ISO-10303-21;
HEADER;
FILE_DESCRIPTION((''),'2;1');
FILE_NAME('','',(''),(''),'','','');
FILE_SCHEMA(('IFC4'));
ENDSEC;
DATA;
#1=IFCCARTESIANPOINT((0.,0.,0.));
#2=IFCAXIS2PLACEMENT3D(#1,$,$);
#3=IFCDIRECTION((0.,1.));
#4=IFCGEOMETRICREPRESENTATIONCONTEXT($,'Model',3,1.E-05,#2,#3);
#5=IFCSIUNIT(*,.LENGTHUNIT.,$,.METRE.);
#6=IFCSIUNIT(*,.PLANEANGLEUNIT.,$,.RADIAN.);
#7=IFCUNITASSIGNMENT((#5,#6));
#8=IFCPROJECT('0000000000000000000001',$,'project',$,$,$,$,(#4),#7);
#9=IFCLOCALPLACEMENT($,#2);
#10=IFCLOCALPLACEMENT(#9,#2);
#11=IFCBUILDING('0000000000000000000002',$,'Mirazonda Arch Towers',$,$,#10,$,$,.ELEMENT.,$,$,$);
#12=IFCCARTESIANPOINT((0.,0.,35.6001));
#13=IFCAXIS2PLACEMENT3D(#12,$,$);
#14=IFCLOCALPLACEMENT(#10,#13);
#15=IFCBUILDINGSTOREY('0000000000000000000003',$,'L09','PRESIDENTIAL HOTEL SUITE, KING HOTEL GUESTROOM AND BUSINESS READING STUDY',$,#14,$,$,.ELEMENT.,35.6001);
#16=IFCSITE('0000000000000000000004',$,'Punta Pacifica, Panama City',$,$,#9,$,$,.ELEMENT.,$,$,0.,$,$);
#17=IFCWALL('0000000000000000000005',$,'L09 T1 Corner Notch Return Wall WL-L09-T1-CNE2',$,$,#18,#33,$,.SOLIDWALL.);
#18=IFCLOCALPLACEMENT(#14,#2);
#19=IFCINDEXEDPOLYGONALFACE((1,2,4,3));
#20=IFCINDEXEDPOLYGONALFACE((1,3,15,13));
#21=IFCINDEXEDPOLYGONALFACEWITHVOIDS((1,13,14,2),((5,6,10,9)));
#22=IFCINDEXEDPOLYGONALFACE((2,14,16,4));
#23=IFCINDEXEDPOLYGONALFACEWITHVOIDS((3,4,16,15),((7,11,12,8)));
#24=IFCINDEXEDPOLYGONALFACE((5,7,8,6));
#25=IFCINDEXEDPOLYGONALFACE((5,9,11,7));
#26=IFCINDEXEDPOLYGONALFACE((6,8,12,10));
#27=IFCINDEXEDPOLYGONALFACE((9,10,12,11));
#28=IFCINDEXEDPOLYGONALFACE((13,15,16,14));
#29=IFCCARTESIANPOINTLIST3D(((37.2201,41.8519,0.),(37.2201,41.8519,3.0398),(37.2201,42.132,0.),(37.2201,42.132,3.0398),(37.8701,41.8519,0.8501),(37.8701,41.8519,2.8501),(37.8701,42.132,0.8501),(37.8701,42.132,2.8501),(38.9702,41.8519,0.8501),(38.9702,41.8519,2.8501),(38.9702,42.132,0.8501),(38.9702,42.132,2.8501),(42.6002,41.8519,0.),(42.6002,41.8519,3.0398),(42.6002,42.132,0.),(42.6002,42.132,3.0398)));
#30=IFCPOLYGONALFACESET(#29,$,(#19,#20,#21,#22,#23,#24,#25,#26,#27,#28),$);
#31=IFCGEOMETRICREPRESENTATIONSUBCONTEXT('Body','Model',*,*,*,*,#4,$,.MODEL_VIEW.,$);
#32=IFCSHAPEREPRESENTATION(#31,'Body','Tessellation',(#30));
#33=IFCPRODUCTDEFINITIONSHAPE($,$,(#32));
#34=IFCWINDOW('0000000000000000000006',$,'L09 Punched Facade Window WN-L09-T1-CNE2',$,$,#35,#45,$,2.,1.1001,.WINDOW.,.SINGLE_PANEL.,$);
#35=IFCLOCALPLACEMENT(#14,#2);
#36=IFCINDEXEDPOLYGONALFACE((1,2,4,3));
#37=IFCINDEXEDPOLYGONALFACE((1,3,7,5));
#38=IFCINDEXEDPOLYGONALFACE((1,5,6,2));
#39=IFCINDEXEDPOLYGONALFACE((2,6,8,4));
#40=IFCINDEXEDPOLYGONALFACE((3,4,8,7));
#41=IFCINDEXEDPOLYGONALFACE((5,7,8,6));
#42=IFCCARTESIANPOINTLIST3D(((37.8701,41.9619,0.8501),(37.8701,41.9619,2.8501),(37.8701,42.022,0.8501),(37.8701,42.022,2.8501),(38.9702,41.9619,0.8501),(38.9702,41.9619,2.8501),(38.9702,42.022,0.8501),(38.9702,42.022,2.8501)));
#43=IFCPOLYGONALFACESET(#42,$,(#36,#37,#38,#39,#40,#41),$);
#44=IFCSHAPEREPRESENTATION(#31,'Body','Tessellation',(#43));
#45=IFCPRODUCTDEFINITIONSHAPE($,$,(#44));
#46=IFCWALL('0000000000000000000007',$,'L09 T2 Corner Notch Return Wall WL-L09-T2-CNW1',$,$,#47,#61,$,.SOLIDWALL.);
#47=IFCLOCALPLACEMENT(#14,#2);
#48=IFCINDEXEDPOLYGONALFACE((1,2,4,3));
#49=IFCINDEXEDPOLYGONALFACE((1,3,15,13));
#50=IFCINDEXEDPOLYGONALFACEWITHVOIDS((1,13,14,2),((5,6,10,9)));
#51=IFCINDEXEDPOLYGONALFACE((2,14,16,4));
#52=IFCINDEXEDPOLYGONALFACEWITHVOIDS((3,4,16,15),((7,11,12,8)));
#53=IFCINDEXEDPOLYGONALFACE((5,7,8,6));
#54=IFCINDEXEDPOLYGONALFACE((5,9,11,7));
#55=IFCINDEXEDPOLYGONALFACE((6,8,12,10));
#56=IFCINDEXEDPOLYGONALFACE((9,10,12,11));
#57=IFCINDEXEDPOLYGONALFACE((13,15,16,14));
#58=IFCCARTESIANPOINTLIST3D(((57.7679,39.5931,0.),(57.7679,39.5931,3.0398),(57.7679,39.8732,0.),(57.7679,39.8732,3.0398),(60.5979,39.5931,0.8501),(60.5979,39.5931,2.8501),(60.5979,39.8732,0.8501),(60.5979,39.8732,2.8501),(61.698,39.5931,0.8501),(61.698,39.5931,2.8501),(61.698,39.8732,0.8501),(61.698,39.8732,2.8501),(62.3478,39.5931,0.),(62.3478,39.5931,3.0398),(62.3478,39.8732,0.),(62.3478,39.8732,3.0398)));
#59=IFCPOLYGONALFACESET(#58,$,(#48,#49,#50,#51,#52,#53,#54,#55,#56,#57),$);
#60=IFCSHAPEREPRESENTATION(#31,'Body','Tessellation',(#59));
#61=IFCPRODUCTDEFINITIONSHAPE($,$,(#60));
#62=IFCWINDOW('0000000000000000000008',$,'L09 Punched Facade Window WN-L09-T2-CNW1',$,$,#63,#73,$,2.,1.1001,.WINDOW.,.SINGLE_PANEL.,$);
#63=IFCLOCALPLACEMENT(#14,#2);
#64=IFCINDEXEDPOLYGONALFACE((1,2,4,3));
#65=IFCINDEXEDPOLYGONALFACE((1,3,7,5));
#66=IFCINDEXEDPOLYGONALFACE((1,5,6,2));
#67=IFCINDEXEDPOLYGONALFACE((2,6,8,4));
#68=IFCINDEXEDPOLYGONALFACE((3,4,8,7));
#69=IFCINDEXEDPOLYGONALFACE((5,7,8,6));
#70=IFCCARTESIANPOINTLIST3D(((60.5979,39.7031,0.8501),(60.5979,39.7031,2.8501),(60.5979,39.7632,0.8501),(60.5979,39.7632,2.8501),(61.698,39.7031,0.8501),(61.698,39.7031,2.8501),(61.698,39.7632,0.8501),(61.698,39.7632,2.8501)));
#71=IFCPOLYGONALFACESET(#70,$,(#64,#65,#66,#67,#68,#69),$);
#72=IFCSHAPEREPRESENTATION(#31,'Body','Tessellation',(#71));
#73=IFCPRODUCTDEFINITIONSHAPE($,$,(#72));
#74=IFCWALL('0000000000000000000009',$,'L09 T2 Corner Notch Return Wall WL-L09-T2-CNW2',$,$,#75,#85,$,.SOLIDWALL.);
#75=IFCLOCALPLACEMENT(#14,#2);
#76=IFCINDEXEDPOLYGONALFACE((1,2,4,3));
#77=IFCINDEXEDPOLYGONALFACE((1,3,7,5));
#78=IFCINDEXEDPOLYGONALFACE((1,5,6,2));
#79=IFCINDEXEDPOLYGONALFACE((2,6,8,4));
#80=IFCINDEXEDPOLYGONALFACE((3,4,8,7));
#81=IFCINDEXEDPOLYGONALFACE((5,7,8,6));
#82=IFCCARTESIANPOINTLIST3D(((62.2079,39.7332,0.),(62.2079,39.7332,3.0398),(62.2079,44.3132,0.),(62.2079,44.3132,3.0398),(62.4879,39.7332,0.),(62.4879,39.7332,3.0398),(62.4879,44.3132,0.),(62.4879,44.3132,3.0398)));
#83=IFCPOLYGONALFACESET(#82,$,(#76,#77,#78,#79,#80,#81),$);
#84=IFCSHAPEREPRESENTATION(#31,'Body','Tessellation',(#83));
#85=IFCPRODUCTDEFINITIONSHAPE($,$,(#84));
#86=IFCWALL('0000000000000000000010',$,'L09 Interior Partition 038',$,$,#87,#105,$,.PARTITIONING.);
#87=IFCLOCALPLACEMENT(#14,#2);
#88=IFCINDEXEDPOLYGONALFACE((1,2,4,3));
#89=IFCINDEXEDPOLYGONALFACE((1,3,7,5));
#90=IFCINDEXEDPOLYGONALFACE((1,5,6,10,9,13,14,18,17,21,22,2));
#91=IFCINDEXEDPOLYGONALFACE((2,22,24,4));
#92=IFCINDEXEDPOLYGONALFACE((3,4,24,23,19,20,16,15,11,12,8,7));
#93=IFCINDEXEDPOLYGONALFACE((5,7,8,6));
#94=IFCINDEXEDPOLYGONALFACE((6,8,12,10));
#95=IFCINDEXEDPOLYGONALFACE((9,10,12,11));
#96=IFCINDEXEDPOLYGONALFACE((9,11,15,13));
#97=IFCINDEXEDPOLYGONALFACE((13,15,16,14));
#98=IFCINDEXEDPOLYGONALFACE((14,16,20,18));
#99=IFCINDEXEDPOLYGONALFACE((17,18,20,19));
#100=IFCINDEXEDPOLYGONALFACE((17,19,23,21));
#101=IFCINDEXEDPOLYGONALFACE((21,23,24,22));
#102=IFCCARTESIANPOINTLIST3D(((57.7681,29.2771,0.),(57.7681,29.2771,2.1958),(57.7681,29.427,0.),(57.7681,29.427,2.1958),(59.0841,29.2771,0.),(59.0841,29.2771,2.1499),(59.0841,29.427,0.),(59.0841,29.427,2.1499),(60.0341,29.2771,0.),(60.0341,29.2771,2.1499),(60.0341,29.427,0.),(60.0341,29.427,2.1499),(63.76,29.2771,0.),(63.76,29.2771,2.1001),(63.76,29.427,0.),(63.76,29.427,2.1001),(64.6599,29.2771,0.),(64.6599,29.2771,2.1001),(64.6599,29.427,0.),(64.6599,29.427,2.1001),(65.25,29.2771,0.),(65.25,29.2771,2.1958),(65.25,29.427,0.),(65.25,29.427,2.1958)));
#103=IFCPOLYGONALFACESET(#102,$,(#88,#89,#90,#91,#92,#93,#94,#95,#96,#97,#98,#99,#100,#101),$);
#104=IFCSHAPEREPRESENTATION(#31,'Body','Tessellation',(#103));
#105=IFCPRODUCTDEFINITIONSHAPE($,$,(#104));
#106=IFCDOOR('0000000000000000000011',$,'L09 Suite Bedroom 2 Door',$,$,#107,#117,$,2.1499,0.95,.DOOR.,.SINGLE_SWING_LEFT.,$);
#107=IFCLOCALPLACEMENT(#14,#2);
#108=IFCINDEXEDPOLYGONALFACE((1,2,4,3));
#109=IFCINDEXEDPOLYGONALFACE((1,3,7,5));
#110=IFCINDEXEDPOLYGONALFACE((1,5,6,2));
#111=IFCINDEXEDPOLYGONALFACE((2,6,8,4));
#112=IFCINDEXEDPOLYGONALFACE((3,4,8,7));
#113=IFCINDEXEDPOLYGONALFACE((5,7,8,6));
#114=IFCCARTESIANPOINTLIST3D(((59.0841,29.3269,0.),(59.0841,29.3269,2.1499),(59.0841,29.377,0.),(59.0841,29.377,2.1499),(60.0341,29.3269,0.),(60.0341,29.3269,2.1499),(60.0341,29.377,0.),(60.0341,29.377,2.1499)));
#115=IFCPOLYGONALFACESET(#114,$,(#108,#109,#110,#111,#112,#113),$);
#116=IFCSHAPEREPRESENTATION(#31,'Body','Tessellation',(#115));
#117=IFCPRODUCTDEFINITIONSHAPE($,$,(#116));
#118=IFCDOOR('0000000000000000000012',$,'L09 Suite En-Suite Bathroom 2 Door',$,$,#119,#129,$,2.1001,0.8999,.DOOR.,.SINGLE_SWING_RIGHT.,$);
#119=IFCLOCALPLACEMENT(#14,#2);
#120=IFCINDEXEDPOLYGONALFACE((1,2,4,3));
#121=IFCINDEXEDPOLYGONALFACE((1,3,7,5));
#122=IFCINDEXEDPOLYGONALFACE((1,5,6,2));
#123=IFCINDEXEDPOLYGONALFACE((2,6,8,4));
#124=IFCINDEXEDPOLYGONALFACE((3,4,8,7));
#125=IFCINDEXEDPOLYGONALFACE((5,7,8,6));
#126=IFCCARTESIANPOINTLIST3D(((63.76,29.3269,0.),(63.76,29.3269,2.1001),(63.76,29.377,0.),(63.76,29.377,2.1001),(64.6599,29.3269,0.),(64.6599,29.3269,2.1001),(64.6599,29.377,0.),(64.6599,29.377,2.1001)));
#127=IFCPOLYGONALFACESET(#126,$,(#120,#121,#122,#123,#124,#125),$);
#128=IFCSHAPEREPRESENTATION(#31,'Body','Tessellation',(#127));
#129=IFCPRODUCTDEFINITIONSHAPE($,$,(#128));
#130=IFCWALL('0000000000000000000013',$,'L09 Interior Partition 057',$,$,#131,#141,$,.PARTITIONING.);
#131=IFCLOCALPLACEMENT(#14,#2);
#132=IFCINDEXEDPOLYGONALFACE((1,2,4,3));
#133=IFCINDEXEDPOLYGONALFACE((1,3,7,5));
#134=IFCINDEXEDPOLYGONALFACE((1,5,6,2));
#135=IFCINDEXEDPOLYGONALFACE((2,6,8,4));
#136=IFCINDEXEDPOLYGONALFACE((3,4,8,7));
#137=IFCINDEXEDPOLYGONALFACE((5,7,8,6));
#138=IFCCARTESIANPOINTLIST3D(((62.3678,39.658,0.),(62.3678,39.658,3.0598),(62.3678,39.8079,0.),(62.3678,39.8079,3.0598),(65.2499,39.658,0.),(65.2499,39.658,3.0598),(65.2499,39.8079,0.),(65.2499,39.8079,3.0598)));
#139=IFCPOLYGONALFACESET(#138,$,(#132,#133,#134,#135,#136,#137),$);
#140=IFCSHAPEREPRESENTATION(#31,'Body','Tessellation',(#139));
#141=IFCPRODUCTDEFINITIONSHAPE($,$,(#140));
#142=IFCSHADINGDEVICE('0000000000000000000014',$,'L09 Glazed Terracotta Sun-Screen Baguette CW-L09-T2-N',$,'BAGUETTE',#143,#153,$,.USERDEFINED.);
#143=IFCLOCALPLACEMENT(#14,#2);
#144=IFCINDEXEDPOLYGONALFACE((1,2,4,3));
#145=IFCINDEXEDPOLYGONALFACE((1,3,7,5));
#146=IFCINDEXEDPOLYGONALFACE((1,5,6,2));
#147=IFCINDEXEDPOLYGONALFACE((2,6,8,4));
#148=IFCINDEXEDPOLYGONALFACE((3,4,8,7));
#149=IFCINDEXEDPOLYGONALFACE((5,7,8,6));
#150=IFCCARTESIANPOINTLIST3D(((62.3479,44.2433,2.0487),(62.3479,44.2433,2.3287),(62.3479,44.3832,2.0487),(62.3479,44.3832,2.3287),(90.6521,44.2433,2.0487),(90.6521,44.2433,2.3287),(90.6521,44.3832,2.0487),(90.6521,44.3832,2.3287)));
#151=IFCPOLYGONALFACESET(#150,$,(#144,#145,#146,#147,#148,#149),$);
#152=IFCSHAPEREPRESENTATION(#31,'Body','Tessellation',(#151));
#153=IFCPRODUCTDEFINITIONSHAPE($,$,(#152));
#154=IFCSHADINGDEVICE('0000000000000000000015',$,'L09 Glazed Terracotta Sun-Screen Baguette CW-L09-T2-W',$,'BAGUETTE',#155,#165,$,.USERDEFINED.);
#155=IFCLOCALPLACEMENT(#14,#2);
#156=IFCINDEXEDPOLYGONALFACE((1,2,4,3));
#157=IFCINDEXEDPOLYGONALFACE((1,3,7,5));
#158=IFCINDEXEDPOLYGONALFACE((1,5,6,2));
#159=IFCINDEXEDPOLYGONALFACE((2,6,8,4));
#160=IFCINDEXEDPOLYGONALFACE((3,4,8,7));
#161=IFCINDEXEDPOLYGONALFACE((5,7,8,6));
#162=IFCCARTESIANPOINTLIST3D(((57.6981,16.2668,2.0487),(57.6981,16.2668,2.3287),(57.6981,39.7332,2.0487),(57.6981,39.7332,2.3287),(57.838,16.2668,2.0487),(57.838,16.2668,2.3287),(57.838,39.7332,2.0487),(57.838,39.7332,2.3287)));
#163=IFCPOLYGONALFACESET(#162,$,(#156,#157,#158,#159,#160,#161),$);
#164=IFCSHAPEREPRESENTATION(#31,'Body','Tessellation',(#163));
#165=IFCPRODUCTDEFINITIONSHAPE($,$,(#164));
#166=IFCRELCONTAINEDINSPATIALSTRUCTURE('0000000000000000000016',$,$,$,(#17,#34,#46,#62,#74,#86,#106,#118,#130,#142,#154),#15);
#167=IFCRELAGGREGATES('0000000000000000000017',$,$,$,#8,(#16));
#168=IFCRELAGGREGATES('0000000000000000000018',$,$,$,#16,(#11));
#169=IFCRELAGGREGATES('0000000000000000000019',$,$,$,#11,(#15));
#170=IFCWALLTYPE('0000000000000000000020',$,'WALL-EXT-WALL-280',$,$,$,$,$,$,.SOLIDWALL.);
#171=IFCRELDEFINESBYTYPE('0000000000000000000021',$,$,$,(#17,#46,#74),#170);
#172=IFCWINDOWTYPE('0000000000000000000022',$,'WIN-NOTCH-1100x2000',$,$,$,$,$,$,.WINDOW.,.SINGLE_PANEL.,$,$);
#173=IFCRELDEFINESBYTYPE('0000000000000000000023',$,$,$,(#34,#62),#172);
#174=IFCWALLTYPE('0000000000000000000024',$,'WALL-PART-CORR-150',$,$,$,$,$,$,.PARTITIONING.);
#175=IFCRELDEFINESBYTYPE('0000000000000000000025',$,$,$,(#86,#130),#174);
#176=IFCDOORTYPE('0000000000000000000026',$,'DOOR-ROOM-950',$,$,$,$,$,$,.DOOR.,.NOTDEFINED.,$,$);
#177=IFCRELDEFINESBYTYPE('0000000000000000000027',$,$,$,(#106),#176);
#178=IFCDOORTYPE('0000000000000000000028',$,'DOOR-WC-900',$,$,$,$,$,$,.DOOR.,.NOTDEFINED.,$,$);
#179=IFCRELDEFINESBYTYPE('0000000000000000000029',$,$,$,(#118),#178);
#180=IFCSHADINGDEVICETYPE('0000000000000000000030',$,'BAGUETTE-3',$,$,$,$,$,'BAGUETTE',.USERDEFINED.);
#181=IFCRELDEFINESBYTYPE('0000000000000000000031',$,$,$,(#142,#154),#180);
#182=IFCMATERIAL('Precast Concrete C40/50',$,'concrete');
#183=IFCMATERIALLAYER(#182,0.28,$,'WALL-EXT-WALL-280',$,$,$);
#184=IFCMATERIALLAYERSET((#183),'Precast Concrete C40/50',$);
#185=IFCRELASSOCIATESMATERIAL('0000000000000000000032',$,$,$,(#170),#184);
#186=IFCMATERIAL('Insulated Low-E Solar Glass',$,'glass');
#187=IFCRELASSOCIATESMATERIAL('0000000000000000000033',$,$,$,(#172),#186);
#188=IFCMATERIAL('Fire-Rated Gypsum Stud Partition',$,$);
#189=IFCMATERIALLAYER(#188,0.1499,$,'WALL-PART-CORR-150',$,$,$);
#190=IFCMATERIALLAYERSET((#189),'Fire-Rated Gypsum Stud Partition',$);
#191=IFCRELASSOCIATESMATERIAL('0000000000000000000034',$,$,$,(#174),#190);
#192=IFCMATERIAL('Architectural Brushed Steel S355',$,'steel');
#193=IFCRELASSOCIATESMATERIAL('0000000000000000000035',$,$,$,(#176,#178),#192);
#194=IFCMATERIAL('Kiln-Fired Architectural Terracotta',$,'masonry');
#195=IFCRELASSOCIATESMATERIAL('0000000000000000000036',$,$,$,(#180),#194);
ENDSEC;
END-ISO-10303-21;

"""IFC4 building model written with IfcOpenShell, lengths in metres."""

from ifc_helpers import new_model, si_unit, direction, frame, frame_2d, origin, origin_2d, place, context, subcontext, project, spatial, rectangle, extrude, material, layer, layer_set, material_profile, profile_set, type_object, element, fill, save


model = new_model("IFC4")

# Units and contexts
model_context = context("Model", 3, precision=1e-05, world=origin(), true_north=direction((0.0, 1.0)))
body_context = subcontext(model_context, "Body", "Model", "MODEL_VIEW")
ifc_project = project(units=[si_unit("LENGTHUNIT", "METRE"), si_unit("PLANEANGLEUNIT", "RADIAN")], contexts=[model_context])

# Site, building, storey
site_placement = place(None, origin())
site = spatial("IfcSite", under=ifc_project, at=site_placement, Name="Punta Pacifica, Panama City", CompositionType="ELEMENT", RefElevation=0.0)
building_placement = place(site_placement, origin())
building = spatial("IfcBuilding", under=site, at=building_placement, Name="Mirazonda Arch Towers", CompositionType="ELEMENT")
storey_placement = place(building_placement, frame((0.0, 0.0, 35.6001)))
storey = spatial("IfcBuildingStorey", under=building, at=storey_placement, Name="L09", Description="PRESIDENTIAL HOTEL SUITE, KING HOTEL GUESTROOM AND BUSINESS READING STUDY", CompositionType="ELEMENT", Elevation=35.6001)

# Shared definitions
ifc_material_1 = material(Name="Insulated Low-E Solar Glass", Category="glass")

# Walls, openings, windows
ifc_material_2 = material(Name="Precast Concrete C40/50", Category="concrete")
ifc_layer_1 = layer(ifc_material_2, 0.28, Name="WALL-EXT-WALL-280")
ifc_layer_set_1 = layer_set([ifc_layer_1], Name="Precast Concrete C40/50")
wall_type_1 = type_object("IfcWallType", Name="WALL-EXT-WALL-280", PredefinedType="SOLIDWALL", material=ifc_layer_set_1)
wall_1_placement = place(storey_placement, frame((42.6001, 41.9919, 0.0), z_axis=(0.0, 0.0, 1.0), x_axis=(-1.0, 0.0, 0.0)))
wall_1 = element("IfcWall", 1, at=wall_1_placement, inside=storey, type_object=wall_type_1, Name="L09 T1 Corner Notch Return Wall WL-L09-T1-CNE2", PredefinedType="SOLIDWALL", context=body_context, shape_type="SweptSolid", body=[
    extrude(rectangle(XDim=5.3801, YDim=0.28, at=frame_2d((2.6899, 0.0))), origin(), (0.0, 0.0, 1.0), 3.0398),
])
opening_1_placement = place(wall_1_placement, frame((3.6299, 0.0, 0.8501)))
opening_1 = element("IfcOpeningElement", 2, at=opening_1_placement, cuts=wall_1, PredefinedType="OPENING", context=body_context, shape_type="SweptSolid", body=[
    extrude(rectangle(XDim=1.1001, YDim=2.0, at=frame_2d((0.55, 1.0))), frame((0.0, 0.1499, 0.0), z_axis=(0.0, -1.0, 0.0), x_axis=(1.0, 0.0, 0.0)), (0.0, 0.0, 1.0), 0.3),
])
window_type = type_object("IfcWindowType", Name="WIN-NOTCH-1100x2000", PartitioningType="SINGLE_PANEL", PredefinedType="WINDOW", material=ifc_material_1)
window_1_placement = place(opening_1_placement, origin())
window_1 = element("IfcWindow", 3, at=window_1_placement, inside=storey, type_object=window_type, Name="L09 Punched Facade Window WN-L09-T1-CNE2", OverallHeight=2.0, OverallWidth=1.1001, PartitioningType="SINGLE_PANEL", PredefinedType="WINDOW", context=body_context, shape_type="SweptSolid", body=[
    extrude(rectangle(XDim=1.1001, YDim=2.0, at=frame_2d((0.55, 1.0))), frame((0.0, 0.03, 0.0), z_axis=(0.0, -1.0, 0.0), x_axis=(1.0, 0.0, 0.0)), (0.0, 0.0, 1.0), 0.0601),
])
fill(opening_1, window_1)
wall_2_placement = place(storey_placement, frame((62.3479, 39.7332, 0.0), z_axis=(0.0, 0.0, 1.0), x_axis=(-1.0, 0.0, 0.0)))
wall_2 = element("IfcWall", 4, at=wall_2_placement, inside=storey, type_object=wall_type_1, Name="L09 T2 Corner Notch Return Wall WL-L09-T2-CNW1", PredefinedType="SOLIDWALL", context=body_context, shape_type="SweptSolid", body=[
    extrude(rectangle(XDim=4.5798, YDim=0.28, at=frame_2d((2.29, 0.0))), origin(), (0.0, 0.0, 1.0), 3.0398),
])
opening_2_placement = place(wall_2_placement, frame((0.6499, 0.0, 0.8501)))
opening_2 = element("IfcOpeningElement", 5, at=opening_2_placement, cuts=wall_2, PredefinedType="OPENING", context=body_context, shape_type="SweptSolid", body=[
    extrude(rectangle(XDim=1.1001, YDim=2.0, at=frame_2d((0.55, 1.0))), frame((0.0, 0.1499, 0.0), z_axis=(0.0, -1.0, 0.0), x_axis=(1.0, 0.0, 0.0)), (0.0, 0.0, 1.0), 0.3),
])
window_2_placement = place(opening_2_placement, origin())
window_2 = element("IfcWindow", 6, at=window_2_placement, inside=storey, type_object=window_type, Name="L09 Punched Facade Window WN-L09-T2-CNW1", OverallHeight=2.0, OverallWidth=1.1001, PartitioningType="SINGLE_PANEL", PredefinedType="WINDOW", context=body_context, shape_type="SweptSolid", body=[
    extrude(rectangle(XDim=1.1001, YDim=2.0, at=frame_2d((0.55, 1.0))), frame((0.0, 0.03, 0.0), z_axis=(0.0, -1.0, 0.0), x_axis=(1.0, 0.0, 0.0)), (0.0, 0.0, 1.0), 0.0601),
])
fill(opening_2, window_2)

# Wall
wall_3_placement = place(storey_placement, frame((62.3479, 44.3132, 0.0), z_axis=(0.0, 0.0, 1.0), x_axis=(0.0, -1.0, 0.0)))
element("IfcWall", 7, at=wall_3_placement, inside=storey, type_object=wall_type_1, Name="L09 T2 Corner Notch Return Wall WL-L09-T2-CNW2", PredefinedType="SOLIDWALL", context=body_context, shape_type="SweptSolid", body=[
    extrude(rectangle(XDim=4.5801, YDim=0.28, at=frame_2d((2.29, 0.0))), origin(), (0.0, 0.0, 1.0), 3.0398),
])

# Wall, openings, doors
ifc_material_3 = material(Name="Fire-Rated Gypsum Stud Partition")
ifc_layer_2 = layer(ifc_material_3, 0.1499, Name="WALL-PART-CORR-150")
ifc_layer_set_2 = layer_set([ifc_layer_2], Name="Fire-Rated Gypsum Stud Partition")
wall_type_2 = type_object("IfcWallType", Name="WALL-PART-CORR-150", PredefinedType="PARTITIONING", material=ifc_layer_set_2)
wall_4_placement = place(storey_placement, frame((57.7681, 29.3521, 0.0), z_axis=(0.0, 0.0, 1.0), x_axis=(1.0, 0.0, 0.0)))
wall_4 = element("IfcWall", 8, at=wall_4_placement, inside=storey, type_object=wall_type_2, Name="L09 Interior Partition 038", PredefinedType="PARTITIONING", context=body_context, shape_type="SweptSolid", body=[
    extrude(rectangle(XDim=7.4819, YDim=0.1499, at=frame_2d((3.741, 0.0))), origin(), (0.0, 0.0, 1.0), 2.1958),
])
opening_3_placement = place(wall_4_placement, frame((1.3159, 0.0, 0.0)))
opening_3 = element("IfcOpeningElement", 9, at=opening_3_placement, cuts=wall_4, PredefinedType="OPENING", context=body_context, shape_type="SweptSolid", body=[
    extrude(rectangle(XDim=0.95, YDim=2.1499, at=frame_2d((0.4751, 1.075))), frame((0.0, 0.085, 0.0), z_axis=(0.0, -1.0, 0.0), x_axis=(1.0, 0.0, 0.0)), (0.0, 0.0, 1.0), 0.1699),
])
opening_4_placement = place(wall_4_placement, frame((5.9919, 0.0, 0.0)))
opening_4 = element("IfcOpeningElement", 10, at=opening_4_placement, cuts=wall_4, PredefinedType="OPENING", context=body_context, shape_type="SweptSolid", body=[
    extrude(rectangle(XDim=0.8999, YDim=2.1001, at=frame_2d((0.45, 1.05))), frame((0.0, 0.085, 0.0), z_axis=(0.0, -1.0, 0.0), x_axis=(1.0, 0.0, 0.0)), (0.0, 0.0, 1.0), 0.1699),
])
ifc_material_4 = material(Name="Architectural Brushed Steel S355", Category="steel")
door_type_1 = type_object("IfcDoorType", Name="DOOR-ROOM-950", OperationType="NOTDEFINED", PredefinedType="DOOR", material=ifc_material_4)
door_1_placement = place(opening_3_placement, origin())
door_1 = element("IfcDoor", 11, at=door_1_placement, inside=storey, type_object=door_type_1, Name="L09 Suite Bedroom 2 Door", OperationType="SINGLE_SWING_LEFT", OverallHeight=2.1499, OverallWidth=0.95, PredefinedType="DOOR", context=body_context, shape_type="SweptSolid", body=[
    extrude(rectangle(XDim=0.95, YDim=2.1499, at=frame_2d((0.4751, 1.075))), frame((0.0, 0.0249, 0.0), z_axis=(0.0, -1.0, 0.0), x_axis=(1.0, 0.0, 0.0)), (0.0, 0.0, 1.0), 0.05),
])
fill(opening_3, door_1)
door_type_2 = type_object("IfcDoorType", Name="DOOR-WC-900", OperationType="NOTDEFINED", PredefinedType="DOOR", material=ifc_material_4)
door_2_placement = place(opening_4_placement, origin())
door_2 = element("IfcDoor", 12, at=door_2_placement, inside=storey, type_object=door_type_2, Name="L09 Suite En-Suite Bathroom 2 Door", OperationType="SINGLE_SWING_RIGHT", OverallHeight=2.1001, OverallWidth=0.8999, PredefinedType="DOOR", context=body_context, shape_type="SweptSolid", body=[
    extrude(rectangle(XDim=0.8999, YDim=2.1001, at=frame_2d((0.45, 1.05))), frame((0.0, 0.0249, 0.0), z_axis=(0.0, -1.0, 0.0), x_axis=(1.0, 0.0, 0.0)), (0.0, 0.0, 1.0), 0.05),
])
fill(opening_4, door_2)

# Wall
wall_5_placement = place(storey_placement, frame((62.3679, 39.7329, 0.0), z_axis=(0.0, 0.0, 1.0), x_axis=(1.0, 0.0, 0.0)))
element("IfcWall", 13, at=wall_5_placement, inside=storey, type_object=wall_type_2, Name="L09 Interior Partition 057", PredefinedType="PARTITIONING", context=body_context, shape_type="SweptSolid", body=[
    extrude(rectangle(XDim=2.8821, YDim=0.1499, at=frame_2d((1.4409, 0.0))), origin(), (0.0, 0.0, 1.0), 3.0598),
])

# Shading devices
ifc_material_5 = material(Name="Kiln-Fired Architectural Terracotta", Category="masonry")
ifc_material_profile_1 = material_profile(ifc_material_5, rectangle(XDim=0.1399, YDim=0.28, at=origin_2d()), Name="TERRA-BAG-140x280")
ifc_profile_set_1 = profile_set([ifc_material_profile_1], Name="Kiln-Fired Architectural Terracotta")
shading_device_type = type_object("IfcShadingDeviceType", Name="BAGUETTE-3", ElementType="BAGUETTE", PredefinedType="USERDEFINED", material=ifc_profile_set_1)
shading_device_1_placement = place(storey_placement, frame((62.3479, 44.3132, 2.1887), z_axis=(1.0, 0.0, 0.0), x_axis=(0.0, 1.0, 0.0)))
element("IfcShadingDevice", 14, at=shading_device_1_placement, inside=storey, type_object=shading_device_type, Name="L09 Glazed Terracotta Sun-Screen Baguette CW-L09-T2-N", ObjectType="BAGUETTE", PredefinedType="USERDEFINED", context=body_context, shape_type="SweptSolid", body=[
    extrude(rectangle(XDim=0.1399, YDim=0.28, at=origin_2d()), origin(), (0.0, 0.0, 1.0), 28.3042),
])
shading_device_2_placement = place(storey_placement, frame((57.7681, 39.7332, 2.1887), z_axis=(0.0, -1.0, 0.0), x_axis=(1.0, 0.0, 0.0)))
element("IfcShadingDevice", 15, at=shading_device_2_placement, inside=storey, type_object=shading_device_type, Name="L09 Glazed Terracotta Sun-Screen Baguette CW-L09-T2-W", ObjectType="BAGUETTE", PredefinedType="USERDEFINED", context=body_context, shape_type="SweptSolid", body=[
    extrude(rectangle(XDim=0.1399, YDim=0.28, at=origin_2d()), origin(), (0.0, 0.0, 1.0), 23.4663),
])

save(model, "model.ifc")
